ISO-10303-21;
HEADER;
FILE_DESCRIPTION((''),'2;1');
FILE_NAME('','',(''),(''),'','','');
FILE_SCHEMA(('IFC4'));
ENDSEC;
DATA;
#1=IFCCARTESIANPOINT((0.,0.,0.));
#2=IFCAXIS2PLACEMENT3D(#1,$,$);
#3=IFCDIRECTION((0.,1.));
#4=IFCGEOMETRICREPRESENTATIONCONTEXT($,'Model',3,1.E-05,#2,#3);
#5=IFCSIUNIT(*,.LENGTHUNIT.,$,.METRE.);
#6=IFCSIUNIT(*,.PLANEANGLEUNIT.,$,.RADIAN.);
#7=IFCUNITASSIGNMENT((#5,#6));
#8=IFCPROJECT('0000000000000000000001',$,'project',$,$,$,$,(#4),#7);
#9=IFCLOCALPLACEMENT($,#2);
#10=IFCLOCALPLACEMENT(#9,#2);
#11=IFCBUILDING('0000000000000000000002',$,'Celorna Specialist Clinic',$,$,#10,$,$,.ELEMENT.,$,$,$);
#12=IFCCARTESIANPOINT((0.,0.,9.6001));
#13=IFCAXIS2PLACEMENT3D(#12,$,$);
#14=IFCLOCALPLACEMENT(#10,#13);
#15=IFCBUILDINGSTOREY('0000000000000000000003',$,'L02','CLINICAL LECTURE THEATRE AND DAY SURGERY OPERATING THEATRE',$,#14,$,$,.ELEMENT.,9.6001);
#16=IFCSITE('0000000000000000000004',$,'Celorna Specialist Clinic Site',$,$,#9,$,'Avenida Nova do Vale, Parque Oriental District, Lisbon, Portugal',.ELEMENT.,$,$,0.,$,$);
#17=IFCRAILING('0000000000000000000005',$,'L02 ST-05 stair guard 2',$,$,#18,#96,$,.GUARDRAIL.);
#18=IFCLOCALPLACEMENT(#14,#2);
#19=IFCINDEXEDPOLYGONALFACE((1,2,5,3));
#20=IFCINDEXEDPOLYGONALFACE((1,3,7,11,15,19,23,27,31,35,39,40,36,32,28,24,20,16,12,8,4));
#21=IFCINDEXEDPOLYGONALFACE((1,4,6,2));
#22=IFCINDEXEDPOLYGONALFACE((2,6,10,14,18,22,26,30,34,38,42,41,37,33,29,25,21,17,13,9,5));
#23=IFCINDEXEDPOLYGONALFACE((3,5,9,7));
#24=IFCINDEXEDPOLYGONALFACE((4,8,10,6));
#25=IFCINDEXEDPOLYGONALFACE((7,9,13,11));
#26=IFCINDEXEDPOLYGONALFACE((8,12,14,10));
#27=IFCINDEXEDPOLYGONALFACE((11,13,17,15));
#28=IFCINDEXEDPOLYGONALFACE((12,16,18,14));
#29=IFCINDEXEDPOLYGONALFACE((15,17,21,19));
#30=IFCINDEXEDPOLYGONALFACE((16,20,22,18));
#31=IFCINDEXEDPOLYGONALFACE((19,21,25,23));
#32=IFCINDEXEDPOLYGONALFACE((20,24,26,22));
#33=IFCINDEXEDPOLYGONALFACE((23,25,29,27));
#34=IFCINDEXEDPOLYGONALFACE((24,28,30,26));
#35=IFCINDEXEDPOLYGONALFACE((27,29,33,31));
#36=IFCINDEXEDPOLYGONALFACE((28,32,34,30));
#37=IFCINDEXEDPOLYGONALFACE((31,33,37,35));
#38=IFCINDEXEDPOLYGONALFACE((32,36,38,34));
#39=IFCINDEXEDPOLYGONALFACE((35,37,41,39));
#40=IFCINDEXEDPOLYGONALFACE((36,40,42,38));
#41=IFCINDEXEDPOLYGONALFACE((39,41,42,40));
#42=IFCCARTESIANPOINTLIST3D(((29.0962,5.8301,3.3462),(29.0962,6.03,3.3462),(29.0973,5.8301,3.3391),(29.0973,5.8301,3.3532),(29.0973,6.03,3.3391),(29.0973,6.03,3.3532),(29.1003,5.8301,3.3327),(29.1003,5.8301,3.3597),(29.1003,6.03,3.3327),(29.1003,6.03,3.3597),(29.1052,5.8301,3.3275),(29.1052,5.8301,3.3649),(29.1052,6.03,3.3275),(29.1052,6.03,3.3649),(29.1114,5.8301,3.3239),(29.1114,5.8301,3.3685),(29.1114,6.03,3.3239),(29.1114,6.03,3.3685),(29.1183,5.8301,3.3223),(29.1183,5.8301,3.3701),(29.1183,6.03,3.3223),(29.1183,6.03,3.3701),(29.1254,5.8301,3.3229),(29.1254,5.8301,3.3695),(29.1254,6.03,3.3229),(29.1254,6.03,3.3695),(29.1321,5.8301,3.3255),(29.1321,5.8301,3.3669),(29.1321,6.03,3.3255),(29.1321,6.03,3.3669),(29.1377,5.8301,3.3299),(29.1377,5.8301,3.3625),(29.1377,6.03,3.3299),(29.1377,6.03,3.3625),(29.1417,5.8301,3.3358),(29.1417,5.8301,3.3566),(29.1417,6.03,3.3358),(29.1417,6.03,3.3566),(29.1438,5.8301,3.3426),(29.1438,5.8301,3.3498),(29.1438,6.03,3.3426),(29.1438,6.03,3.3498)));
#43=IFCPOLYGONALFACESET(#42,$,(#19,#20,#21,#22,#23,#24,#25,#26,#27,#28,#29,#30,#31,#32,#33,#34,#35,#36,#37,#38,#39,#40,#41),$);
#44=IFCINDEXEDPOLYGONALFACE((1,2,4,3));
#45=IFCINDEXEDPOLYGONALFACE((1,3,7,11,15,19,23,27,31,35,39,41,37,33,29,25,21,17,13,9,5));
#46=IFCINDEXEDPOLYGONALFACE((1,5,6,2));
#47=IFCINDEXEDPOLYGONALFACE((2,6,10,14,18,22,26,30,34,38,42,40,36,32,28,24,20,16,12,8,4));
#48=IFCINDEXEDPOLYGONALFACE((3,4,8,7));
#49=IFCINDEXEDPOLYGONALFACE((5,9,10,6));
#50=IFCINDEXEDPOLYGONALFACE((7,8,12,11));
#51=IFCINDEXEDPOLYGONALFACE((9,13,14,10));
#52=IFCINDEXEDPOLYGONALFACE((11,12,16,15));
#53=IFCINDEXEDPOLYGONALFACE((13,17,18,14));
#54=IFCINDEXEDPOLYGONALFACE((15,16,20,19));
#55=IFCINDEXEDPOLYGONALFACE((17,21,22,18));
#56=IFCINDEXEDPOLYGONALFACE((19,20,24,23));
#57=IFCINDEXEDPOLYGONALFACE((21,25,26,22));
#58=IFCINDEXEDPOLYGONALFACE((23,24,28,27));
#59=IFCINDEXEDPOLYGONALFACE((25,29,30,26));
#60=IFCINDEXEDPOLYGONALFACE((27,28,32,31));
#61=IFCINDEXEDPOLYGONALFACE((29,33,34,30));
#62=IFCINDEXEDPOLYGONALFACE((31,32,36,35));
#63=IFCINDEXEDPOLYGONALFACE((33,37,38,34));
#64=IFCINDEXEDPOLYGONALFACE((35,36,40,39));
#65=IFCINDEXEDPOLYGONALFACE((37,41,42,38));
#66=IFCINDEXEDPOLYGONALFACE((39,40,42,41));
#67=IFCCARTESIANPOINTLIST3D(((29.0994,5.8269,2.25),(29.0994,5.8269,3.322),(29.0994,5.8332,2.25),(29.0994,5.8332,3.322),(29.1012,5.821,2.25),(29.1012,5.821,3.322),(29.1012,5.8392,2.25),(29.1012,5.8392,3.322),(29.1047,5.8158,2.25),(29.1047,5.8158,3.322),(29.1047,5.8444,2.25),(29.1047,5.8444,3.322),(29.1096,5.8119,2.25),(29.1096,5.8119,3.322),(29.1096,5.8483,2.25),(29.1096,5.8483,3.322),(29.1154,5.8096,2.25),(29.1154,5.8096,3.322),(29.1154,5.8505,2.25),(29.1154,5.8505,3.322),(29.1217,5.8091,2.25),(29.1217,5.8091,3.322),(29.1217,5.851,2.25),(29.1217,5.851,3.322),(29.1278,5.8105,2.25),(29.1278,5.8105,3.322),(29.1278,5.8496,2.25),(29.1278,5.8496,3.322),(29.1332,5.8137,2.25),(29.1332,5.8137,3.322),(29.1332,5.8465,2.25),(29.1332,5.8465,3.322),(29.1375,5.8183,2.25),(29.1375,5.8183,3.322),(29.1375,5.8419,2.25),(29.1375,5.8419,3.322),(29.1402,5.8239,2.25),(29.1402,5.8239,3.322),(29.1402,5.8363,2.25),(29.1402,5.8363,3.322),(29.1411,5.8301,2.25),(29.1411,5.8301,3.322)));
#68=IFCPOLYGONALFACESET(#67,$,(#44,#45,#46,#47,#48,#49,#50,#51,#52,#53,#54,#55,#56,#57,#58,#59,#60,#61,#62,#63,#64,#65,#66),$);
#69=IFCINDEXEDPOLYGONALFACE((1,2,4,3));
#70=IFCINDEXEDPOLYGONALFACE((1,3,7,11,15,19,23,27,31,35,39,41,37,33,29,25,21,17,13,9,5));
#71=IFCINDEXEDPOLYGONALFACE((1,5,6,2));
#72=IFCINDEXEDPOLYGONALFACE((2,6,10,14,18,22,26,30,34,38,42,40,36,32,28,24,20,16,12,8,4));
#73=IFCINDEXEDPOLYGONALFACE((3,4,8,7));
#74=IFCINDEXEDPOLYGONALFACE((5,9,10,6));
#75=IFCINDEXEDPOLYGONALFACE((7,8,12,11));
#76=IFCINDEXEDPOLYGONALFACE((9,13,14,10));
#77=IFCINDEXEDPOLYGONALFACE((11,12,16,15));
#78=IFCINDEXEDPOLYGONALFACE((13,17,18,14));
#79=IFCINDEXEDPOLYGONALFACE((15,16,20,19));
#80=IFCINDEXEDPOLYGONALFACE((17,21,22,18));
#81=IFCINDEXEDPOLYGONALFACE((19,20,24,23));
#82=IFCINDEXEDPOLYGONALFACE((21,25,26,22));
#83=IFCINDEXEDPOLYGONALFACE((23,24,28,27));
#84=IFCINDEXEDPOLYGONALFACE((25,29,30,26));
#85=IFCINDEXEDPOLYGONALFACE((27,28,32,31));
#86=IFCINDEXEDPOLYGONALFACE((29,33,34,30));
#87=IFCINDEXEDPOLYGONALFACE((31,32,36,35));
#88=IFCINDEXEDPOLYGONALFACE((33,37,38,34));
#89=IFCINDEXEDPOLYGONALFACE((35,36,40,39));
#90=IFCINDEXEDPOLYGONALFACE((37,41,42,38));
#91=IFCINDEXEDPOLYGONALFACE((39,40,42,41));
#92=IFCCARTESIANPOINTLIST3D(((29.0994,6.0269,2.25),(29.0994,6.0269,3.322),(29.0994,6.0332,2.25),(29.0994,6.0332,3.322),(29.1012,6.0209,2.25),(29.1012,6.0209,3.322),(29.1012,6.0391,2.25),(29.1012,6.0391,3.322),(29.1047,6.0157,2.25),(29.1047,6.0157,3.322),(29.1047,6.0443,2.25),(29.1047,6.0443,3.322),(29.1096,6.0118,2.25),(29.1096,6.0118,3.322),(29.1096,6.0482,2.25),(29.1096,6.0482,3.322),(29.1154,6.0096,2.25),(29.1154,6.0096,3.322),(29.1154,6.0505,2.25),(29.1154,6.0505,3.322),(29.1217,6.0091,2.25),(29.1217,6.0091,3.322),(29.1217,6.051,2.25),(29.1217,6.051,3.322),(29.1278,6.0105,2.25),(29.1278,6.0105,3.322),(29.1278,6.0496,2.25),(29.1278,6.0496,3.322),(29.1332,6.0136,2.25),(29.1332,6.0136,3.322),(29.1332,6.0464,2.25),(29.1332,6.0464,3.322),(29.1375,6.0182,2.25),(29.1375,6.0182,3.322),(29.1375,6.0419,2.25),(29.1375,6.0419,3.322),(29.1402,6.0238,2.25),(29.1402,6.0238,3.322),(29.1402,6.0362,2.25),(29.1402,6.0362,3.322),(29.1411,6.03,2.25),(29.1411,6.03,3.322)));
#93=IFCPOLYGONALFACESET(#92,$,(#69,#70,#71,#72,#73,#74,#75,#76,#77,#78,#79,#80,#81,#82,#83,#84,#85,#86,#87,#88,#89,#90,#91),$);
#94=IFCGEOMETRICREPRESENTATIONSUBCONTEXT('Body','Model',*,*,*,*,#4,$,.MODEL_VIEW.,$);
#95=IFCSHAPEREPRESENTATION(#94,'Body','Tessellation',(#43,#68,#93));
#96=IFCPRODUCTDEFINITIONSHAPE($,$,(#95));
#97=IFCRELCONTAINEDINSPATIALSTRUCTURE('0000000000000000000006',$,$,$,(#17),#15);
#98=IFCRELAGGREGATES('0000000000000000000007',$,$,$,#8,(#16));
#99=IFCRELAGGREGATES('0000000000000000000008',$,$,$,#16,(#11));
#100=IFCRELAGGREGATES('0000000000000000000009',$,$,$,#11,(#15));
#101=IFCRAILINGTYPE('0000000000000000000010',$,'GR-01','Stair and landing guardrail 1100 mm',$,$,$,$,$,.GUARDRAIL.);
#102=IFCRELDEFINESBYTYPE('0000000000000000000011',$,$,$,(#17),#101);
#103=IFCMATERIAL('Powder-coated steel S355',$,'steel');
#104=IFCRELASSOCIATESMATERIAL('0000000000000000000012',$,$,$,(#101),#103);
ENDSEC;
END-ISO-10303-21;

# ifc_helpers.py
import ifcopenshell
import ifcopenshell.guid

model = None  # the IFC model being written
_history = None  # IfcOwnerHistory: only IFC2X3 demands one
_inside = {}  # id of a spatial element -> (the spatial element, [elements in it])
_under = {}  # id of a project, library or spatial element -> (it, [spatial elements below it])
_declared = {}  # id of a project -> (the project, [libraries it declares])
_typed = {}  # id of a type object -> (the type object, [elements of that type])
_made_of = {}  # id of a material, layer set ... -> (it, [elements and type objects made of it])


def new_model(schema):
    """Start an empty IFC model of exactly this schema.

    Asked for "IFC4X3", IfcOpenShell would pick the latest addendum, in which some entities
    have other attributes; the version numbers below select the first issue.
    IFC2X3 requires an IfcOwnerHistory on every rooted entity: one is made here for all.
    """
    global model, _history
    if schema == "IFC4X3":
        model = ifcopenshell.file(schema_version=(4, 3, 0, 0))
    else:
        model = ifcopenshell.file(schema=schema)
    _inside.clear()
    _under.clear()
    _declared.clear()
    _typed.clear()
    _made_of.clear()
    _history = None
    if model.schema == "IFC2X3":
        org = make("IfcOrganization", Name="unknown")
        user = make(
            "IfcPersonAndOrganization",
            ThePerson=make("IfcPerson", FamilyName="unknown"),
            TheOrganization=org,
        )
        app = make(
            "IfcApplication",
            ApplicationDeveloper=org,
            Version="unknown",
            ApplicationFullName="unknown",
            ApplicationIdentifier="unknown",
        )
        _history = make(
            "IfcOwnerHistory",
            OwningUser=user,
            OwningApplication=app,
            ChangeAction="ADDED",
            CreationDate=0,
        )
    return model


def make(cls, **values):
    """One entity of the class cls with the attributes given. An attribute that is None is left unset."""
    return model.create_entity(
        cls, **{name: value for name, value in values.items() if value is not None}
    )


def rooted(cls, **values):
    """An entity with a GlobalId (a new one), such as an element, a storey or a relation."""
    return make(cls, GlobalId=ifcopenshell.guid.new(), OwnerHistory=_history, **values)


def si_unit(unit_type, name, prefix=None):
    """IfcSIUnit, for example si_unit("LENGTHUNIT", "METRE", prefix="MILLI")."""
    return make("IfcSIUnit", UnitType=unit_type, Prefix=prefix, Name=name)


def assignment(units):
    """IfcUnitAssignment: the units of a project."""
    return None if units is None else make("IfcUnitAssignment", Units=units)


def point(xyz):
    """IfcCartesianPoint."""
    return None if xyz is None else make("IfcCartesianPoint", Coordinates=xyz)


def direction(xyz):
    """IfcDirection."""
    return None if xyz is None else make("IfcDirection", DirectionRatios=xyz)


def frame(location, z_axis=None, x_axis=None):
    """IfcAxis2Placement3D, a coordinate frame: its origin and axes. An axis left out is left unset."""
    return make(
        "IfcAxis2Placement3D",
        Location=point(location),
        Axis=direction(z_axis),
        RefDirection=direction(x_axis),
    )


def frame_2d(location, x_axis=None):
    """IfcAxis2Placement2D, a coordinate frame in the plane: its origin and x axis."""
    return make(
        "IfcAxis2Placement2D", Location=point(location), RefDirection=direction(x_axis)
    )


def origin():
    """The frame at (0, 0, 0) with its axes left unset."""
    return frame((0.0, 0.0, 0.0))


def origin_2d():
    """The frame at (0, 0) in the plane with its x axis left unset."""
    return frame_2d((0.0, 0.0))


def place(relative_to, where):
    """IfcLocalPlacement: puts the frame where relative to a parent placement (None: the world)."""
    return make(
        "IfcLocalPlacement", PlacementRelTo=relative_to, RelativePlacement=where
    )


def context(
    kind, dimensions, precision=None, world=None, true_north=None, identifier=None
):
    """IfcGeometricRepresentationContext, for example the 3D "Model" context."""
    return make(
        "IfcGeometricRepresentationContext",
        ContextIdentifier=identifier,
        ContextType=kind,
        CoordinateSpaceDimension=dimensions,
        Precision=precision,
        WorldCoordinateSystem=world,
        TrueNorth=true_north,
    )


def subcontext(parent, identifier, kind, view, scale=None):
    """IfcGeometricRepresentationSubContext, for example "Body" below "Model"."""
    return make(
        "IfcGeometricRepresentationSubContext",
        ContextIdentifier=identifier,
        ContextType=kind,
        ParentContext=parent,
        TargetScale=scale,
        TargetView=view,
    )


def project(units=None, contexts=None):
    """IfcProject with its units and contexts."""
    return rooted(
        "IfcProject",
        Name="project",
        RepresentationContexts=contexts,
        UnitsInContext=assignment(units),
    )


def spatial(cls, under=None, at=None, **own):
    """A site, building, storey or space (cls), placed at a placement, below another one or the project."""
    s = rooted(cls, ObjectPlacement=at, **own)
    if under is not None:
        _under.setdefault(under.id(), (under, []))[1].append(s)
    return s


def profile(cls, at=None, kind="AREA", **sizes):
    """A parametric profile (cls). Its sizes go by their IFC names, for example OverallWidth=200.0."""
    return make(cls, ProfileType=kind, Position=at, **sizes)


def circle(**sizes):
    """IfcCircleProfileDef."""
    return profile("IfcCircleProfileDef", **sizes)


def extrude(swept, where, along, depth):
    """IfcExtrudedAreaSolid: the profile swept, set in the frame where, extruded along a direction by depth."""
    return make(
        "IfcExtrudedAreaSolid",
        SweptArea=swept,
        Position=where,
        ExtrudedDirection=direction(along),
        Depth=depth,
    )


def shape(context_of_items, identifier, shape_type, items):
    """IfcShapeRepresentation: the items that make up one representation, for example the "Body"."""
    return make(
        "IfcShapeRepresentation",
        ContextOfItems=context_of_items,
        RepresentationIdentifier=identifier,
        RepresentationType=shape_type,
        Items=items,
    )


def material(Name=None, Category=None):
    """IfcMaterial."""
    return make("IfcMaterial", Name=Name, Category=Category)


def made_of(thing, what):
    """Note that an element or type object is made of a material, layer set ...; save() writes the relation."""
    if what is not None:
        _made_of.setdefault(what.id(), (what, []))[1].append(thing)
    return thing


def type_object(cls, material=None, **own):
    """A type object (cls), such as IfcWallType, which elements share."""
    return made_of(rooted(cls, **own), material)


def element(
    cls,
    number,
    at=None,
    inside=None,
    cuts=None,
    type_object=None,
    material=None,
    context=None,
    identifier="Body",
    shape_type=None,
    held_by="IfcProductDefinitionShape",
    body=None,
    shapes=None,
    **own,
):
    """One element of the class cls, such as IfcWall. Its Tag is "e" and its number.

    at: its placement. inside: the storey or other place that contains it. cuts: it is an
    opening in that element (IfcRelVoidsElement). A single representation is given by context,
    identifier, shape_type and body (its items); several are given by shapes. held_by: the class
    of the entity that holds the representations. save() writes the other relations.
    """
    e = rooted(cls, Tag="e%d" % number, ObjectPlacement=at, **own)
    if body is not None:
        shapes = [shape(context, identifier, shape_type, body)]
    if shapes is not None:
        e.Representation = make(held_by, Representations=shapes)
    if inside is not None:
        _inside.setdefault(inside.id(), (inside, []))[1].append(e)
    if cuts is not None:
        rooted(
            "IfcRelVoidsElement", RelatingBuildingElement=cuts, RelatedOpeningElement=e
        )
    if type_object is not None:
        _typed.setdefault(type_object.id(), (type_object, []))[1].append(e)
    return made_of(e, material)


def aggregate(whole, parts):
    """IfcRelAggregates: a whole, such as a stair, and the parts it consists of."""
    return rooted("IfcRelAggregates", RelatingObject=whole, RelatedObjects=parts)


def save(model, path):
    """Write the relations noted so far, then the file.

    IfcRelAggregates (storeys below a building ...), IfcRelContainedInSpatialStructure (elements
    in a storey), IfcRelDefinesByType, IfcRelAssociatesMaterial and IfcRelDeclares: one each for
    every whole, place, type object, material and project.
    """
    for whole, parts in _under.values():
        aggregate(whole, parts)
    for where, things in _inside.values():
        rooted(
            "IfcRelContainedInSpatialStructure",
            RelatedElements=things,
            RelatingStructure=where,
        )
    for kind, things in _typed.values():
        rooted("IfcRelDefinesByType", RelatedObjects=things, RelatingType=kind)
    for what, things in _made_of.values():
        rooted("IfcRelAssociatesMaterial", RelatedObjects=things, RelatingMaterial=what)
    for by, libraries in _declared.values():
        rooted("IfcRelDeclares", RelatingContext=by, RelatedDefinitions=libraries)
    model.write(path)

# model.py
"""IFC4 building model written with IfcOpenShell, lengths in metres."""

from ifc_helpers import new_model, si_unit, direction, frame, origin, origin_2d, place, context, subcontext, project, spatial, circle, extrude, material, type_object, element, save


model = new_model("IFC4")

# Units and contexts
model_context = context("Model", 3, precision=1e-05, world=origin(), true_north=direction((0.0, 1.0)))
body_context = subcontext(model_context, "Body", "Model", "MODEL_VIEW")
ifc_project = project(units=[si_unit("LENGTHUNIT", "METRE"), si_unit("PLANEANGLEUNIT", "RADIAN")], contexts=[model_context])

# Site, building, storey
site_placement = place(None, origin())
site = spatial("IfcSite", under=ifc_project, at=site_placement, Name="Celorna Specialist Clinic Site", LongName="Avenida Nova do Vale, Parque Oriental District, Lisbon, Portugal", CompositionType="ELEMENT", RefElevation=0.0)
building_placement = place(site_placement, origin())
building = spatial("IfcBuilding", under=site, at=building_placement, Name="Celorna Specialist Clinic", CompositionType="ELEMENT")
storey_placement = place(building_placement, frame((0.0, 0.0, 9.6001)))
storey = spatial("IfcBuildingStorey", under=building, at=storey_placement, Name="L02", Description="CLINICAL LECTURE THEATRE AND DAY SURGERY OPERATING THEATRE", CompositionType="ELEMENT", Elevation=9.6001)

# Railing
ifc_material_1 = material(Name="Powder-coated steel S355", Category="steel")
railing_type_1 = type_object("IfcRailingType", Name="GR-01", Description="Stair and landing guardrail 1100 mm", PredefinedType="GUARDRAIL", material=ifc_material_1)
railing_1_placement = place(storey_placement, frame((29.1201, 5.8301, 2.25)))
element("IfcRailing", 1, at=railing_1_placement, inside=storey, type_object=railing_type_1, Name="L02 ST-05 stair guard 2", PredefinedType="GUARDRAIL", context=body_context, shape_type="SweptSolid", body=[
    extrude(circle(Radius=0.0239, at=origin_2d()), frame((0.0, 0.0, 1.0962), z_axis=(0.0, 1.0, 0.0), x_axis=(-1.0, 0.0, 0.0)), (0.0, 0.0, 1.0), 0.2),
    extrude(circle(Radius=0.021, at=origin_2d()), origin(), (0.0, 0.0, 1.0), 1.072),
    extrude(circle(Radius=0.021, at=origin_2d()), frame((0.0, 0.2, 0.0)), (0.0, 0.0, 1.0), 1.072),
])

save(model, "model.ifc")
